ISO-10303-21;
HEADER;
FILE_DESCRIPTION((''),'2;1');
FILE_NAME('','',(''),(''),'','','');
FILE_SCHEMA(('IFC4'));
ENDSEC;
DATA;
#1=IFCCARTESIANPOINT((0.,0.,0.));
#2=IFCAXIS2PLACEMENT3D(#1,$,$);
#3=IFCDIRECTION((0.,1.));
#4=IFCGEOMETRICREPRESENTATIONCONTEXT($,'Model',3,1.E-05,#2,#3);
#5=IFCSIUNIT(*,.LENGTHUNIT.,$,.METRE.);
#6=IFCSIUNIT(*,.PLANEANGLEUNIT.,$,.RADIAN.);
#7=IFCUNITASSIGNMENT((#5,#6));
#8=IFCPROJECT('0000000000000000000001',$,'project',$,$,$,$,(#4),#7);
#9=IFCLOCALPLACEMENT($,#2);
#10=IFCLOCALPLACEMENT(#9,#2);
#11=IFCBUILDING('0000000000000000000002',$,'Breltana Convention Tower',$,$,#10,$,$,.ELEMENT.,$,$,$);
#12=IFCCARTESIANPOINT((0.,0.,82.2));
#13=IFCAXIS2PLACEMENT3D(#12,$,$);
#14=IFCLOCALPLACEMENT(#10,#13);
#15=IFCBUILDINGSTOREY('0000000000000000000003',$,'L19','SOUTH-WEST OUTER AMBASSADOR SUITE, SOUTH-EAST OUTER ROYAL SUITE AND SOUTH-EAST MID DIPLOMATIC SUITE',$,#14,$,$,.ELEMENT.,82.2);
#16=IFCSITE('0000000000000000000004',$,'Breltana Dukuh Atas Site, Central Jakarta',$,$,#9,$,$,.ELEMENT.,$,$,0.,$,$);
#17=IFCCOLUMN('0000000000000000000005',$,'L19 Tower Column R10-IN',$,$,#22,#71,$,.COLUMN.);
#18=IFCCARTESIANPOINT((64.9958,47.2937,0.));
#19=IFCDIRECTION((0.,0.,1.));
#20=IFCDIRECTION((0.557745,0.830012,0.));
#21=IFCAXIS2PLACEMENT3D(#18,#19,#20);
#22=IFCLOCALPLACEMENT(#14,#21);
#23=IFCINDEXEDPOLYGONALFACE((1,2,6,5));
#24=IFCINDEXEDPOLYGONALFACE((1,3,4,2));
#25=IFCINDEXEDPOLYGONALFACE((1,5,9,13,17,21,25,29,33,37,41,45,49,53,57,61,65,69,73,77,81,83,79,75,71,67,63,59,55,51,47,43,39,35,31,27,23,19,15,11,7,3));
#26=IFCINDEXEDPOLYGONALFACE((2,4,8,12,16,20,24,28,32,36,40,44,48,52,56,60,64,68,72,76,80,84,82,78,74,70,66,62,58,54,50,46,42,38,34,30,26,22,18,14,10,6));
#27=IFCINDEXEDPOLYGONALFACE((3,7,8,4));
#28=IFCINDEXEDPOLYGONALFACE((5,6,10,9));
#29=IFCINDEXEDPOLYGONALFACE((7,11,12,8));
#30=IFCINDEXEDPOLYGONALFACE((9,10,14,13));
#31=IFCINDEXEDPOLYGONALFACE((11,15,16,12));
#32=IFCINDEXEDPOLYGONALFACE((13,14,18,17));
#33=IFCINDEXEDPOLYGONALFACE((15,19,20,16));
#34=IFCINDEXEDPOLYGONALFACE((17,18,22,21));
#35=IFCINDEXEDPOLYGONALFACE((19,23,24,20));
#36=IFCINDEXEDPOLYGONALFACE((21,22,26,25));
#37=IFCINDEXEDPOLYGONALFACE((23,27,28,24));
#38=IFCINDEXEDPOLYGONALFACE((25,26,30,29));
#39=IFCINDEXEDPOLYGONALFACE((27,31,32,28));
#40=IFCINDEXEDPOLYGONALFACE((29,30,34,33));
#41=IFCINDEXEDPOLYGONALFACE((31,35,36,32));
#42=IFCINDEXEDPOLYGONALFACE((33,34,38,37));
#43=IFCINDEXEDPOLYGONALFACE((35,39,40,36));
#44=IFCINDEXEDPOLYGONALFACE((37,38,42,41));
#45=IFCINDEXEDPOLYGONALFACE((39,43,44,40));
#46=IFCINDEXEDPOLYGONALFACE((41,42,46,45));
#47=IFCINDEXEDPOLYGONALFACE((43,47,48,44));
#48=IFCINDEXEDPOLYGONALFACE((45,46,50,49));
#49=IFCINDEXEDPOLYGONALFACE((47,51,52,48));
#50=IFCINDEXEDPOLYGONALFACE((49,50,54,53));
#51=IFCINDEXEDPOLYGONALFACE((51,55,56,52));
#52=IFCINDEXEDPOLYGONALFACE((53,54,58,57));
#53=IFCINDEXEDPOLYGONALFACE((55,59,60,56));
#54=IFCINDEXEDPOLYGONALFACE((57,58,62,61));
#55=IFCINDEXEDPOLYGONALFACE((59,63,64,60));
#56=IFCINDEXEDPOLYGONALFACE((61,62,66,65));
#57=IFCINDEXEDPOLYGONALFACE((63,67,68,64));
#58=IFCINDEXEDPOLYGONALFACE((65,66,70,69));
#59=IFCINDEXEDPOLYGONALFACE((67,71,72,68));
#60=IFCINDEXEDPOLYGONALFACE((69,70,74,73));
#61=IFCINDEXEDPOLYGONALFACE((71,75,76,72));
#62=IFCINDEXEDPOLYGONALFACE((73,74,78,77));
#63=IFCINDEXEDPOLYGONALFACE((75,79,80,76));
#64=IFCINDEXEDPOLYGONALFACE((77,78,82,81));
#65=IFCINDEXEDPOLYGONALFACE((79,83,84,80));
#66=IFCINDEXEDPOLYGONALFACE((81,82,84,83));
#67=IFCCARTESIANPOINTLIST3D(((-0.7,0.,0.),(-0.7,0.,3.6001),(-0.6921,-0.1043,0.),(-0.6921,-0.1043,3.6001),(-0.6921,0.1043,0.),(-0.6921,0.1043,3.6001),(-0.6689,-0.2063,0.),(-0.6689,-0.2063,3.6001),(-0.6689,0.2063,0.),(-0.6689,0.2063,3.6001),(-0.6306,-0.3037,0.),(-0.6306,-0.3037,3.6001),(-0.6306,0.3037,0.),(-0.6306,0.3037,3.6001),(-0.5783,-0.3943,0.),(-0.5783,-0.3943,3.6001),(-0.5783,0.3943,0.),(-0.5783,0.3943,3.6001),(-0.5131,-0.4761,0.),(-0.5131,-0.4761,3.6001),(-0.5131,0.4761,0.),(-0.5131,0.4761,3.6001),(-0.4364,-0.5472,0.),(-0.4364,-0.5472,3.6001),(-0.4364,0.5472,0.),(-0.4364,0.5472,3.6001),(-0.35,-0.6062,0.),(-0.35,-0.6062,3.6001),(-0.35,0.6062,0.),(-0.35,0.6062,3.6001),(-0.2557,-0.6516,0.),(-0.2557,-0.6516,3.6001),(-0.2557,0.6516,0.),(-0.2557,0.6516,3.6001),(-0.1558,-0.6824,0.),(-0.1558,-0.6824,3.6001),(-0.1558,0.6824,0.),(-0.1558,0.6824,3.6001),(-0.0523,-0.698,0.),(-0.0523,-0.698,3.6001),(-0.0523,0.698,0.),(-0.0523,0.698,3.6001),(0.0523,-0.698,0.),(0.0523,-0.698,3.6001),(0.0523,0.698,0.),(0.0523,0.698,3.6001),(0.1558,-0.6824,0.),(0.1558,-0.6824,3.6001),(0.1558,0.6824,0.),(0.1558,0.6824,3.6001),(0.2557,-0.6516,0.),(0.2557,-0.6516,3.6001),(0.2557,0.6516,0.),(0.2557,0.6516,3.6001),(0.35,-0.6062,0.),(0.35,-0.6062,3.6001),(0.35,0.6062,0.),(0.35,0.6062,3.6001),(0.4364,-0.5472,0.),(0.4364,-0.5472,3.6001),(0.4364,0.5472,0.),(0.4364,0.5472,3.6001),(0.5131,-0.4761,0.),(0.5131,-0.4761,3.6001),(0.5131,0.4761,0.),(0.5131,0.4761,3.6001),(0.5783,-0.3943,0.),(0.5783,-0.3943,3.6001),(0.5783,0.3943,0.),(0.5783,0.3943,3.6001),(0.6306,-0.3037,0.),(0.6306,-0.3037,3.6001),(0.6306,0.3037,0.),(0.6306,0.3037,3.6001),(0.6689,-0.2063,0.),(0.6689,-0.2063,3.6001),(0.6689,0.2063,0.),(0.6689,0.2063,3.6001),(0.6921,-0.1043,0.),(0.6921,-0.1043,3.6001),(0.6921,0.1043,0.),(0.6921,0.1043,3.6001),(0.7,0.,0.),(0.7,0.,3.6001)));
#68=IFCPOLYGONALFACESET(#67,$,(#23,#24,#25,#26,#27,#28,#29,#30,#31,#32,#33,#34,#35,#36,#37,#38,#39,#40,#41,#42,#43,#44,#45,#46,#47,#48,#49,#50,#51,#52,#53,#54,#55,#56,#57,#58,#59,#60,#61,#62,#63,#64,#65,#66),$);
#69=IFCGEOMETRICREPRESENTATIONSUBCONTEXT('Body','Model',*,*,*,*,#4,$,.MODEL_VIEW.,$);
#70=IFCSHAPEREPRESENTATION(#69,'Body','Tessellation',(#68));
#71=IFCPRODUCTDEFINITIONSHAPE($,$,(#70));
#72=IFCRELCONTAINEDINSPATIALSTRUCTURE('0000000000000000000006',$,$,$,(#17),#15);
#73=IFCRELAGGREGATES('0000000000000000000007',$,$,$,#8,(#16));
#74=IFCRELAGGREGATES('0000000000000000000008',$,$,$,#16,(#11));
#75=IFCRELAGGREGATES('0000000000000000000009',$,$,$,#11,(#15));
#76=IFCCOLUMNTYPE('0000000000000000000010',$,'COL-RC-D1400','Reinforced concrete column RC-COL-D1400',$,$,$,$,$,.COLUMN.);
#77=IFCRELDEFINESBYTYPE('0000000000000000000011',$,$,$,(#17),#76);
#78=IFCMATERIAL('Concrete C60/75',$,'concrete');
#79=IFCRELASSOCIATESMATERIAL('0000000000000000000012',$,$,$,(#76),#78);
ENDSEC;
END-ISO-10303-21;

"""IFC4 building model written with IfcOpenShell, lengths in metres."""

from ifc_helpers import new_model, si_unit, direction, frame, origin, origin_2d, place, context, subcontext, project, spatial, circle, extrude, source, transform, mapped, material, material_profile, profile_set, type_object, element, save


model = new_model("IFC4")

# Units and contexts
model_context = context("Model", 3, precision=1e-05, world=origin(), true_north=direction((0.0, 1.0)))
body_context = subcontext(model_context, "Body", "Model", "MODEL_VIEW")
ifc_project = project(units=[si_unit("LENGTHUNIT", "METRE"), si_unit("PLANEANGLEUNIT", "RADIAN")], contexts=[model_context])

# Site, building, storey
site_placement = place(None, origin())
site = spatial("IfcSite", under=ifc_project, at=site_placement, Name="Breltana Dukuh Atas Site, Central Jakarta", CompositionType="ELEMENT", RefElevation=0.0)
building_placement = place(site_placement, origin())
building = spatial("IfcBuilding", under=site, at=building_placement, Name="Breltana Convention Tower", CompositionType="ELEMENT")
storey_placement = place(building_placement, frame((0.0, 0.0, 82.2)))
storey = spatial("IfcBuildingStorey", under=building, at=storey_placement, Name="L19", Description="SOUTH-WEST OUTER AMBASSADOR SUITE, SOUTH-EAST OUTER ROYAL SUITE AND SOUTH-EAST MID DIPLOMATIC SUITE", CompositionType="ELEMENT", Elevation=82.2)

# Column
ifc_material_1 = material(Name="Concrete C60/75", Category="concrete")
ifc_material_profile_1 = material_profile(ifc_material_1, circle(Radius=0.7, at=origin_2d()), Name="RC-COL-D1400")
ifc_profile_set_1 = profile_set([ifc_material_profile_1], Name="Concrete C60/75")
column_type_1 = type_object("IfcColumnType", Name="COL-RC-D1400", Description="Reinforced concrete column RC-COL-D1400", PredefinedType="COLUMN", material=ifc_profile_set_1)
shared_shape_1 = source(origin(), body_context, "Body", "SweptSolid", [
    extrude(circle(Radius=0.7, at=origin_2d()), origin(), (0.0, 0.0, 1.0), 3.6001),
])
column_1_placement = place(storey_placement, frame((64.9958, 47.2937, 0.0), z_axis=(0.0, 0.0, 1.0), x_axis=(0.557745, 0.830012, 0.0)))
element("IfcColumn", 1, at=column_1_placement, inside=storey, type_object=column_type_1, Name="L19 Tower Column R10-IN", PredefinedType="COLUMN", context=body_context, shape_type="MappedRepresentation", body=[
    mapped(shared_shape_1, transform((0.0, 0.0, 0.0), scale=1.0)),
])

save(model, "model.ifc")
